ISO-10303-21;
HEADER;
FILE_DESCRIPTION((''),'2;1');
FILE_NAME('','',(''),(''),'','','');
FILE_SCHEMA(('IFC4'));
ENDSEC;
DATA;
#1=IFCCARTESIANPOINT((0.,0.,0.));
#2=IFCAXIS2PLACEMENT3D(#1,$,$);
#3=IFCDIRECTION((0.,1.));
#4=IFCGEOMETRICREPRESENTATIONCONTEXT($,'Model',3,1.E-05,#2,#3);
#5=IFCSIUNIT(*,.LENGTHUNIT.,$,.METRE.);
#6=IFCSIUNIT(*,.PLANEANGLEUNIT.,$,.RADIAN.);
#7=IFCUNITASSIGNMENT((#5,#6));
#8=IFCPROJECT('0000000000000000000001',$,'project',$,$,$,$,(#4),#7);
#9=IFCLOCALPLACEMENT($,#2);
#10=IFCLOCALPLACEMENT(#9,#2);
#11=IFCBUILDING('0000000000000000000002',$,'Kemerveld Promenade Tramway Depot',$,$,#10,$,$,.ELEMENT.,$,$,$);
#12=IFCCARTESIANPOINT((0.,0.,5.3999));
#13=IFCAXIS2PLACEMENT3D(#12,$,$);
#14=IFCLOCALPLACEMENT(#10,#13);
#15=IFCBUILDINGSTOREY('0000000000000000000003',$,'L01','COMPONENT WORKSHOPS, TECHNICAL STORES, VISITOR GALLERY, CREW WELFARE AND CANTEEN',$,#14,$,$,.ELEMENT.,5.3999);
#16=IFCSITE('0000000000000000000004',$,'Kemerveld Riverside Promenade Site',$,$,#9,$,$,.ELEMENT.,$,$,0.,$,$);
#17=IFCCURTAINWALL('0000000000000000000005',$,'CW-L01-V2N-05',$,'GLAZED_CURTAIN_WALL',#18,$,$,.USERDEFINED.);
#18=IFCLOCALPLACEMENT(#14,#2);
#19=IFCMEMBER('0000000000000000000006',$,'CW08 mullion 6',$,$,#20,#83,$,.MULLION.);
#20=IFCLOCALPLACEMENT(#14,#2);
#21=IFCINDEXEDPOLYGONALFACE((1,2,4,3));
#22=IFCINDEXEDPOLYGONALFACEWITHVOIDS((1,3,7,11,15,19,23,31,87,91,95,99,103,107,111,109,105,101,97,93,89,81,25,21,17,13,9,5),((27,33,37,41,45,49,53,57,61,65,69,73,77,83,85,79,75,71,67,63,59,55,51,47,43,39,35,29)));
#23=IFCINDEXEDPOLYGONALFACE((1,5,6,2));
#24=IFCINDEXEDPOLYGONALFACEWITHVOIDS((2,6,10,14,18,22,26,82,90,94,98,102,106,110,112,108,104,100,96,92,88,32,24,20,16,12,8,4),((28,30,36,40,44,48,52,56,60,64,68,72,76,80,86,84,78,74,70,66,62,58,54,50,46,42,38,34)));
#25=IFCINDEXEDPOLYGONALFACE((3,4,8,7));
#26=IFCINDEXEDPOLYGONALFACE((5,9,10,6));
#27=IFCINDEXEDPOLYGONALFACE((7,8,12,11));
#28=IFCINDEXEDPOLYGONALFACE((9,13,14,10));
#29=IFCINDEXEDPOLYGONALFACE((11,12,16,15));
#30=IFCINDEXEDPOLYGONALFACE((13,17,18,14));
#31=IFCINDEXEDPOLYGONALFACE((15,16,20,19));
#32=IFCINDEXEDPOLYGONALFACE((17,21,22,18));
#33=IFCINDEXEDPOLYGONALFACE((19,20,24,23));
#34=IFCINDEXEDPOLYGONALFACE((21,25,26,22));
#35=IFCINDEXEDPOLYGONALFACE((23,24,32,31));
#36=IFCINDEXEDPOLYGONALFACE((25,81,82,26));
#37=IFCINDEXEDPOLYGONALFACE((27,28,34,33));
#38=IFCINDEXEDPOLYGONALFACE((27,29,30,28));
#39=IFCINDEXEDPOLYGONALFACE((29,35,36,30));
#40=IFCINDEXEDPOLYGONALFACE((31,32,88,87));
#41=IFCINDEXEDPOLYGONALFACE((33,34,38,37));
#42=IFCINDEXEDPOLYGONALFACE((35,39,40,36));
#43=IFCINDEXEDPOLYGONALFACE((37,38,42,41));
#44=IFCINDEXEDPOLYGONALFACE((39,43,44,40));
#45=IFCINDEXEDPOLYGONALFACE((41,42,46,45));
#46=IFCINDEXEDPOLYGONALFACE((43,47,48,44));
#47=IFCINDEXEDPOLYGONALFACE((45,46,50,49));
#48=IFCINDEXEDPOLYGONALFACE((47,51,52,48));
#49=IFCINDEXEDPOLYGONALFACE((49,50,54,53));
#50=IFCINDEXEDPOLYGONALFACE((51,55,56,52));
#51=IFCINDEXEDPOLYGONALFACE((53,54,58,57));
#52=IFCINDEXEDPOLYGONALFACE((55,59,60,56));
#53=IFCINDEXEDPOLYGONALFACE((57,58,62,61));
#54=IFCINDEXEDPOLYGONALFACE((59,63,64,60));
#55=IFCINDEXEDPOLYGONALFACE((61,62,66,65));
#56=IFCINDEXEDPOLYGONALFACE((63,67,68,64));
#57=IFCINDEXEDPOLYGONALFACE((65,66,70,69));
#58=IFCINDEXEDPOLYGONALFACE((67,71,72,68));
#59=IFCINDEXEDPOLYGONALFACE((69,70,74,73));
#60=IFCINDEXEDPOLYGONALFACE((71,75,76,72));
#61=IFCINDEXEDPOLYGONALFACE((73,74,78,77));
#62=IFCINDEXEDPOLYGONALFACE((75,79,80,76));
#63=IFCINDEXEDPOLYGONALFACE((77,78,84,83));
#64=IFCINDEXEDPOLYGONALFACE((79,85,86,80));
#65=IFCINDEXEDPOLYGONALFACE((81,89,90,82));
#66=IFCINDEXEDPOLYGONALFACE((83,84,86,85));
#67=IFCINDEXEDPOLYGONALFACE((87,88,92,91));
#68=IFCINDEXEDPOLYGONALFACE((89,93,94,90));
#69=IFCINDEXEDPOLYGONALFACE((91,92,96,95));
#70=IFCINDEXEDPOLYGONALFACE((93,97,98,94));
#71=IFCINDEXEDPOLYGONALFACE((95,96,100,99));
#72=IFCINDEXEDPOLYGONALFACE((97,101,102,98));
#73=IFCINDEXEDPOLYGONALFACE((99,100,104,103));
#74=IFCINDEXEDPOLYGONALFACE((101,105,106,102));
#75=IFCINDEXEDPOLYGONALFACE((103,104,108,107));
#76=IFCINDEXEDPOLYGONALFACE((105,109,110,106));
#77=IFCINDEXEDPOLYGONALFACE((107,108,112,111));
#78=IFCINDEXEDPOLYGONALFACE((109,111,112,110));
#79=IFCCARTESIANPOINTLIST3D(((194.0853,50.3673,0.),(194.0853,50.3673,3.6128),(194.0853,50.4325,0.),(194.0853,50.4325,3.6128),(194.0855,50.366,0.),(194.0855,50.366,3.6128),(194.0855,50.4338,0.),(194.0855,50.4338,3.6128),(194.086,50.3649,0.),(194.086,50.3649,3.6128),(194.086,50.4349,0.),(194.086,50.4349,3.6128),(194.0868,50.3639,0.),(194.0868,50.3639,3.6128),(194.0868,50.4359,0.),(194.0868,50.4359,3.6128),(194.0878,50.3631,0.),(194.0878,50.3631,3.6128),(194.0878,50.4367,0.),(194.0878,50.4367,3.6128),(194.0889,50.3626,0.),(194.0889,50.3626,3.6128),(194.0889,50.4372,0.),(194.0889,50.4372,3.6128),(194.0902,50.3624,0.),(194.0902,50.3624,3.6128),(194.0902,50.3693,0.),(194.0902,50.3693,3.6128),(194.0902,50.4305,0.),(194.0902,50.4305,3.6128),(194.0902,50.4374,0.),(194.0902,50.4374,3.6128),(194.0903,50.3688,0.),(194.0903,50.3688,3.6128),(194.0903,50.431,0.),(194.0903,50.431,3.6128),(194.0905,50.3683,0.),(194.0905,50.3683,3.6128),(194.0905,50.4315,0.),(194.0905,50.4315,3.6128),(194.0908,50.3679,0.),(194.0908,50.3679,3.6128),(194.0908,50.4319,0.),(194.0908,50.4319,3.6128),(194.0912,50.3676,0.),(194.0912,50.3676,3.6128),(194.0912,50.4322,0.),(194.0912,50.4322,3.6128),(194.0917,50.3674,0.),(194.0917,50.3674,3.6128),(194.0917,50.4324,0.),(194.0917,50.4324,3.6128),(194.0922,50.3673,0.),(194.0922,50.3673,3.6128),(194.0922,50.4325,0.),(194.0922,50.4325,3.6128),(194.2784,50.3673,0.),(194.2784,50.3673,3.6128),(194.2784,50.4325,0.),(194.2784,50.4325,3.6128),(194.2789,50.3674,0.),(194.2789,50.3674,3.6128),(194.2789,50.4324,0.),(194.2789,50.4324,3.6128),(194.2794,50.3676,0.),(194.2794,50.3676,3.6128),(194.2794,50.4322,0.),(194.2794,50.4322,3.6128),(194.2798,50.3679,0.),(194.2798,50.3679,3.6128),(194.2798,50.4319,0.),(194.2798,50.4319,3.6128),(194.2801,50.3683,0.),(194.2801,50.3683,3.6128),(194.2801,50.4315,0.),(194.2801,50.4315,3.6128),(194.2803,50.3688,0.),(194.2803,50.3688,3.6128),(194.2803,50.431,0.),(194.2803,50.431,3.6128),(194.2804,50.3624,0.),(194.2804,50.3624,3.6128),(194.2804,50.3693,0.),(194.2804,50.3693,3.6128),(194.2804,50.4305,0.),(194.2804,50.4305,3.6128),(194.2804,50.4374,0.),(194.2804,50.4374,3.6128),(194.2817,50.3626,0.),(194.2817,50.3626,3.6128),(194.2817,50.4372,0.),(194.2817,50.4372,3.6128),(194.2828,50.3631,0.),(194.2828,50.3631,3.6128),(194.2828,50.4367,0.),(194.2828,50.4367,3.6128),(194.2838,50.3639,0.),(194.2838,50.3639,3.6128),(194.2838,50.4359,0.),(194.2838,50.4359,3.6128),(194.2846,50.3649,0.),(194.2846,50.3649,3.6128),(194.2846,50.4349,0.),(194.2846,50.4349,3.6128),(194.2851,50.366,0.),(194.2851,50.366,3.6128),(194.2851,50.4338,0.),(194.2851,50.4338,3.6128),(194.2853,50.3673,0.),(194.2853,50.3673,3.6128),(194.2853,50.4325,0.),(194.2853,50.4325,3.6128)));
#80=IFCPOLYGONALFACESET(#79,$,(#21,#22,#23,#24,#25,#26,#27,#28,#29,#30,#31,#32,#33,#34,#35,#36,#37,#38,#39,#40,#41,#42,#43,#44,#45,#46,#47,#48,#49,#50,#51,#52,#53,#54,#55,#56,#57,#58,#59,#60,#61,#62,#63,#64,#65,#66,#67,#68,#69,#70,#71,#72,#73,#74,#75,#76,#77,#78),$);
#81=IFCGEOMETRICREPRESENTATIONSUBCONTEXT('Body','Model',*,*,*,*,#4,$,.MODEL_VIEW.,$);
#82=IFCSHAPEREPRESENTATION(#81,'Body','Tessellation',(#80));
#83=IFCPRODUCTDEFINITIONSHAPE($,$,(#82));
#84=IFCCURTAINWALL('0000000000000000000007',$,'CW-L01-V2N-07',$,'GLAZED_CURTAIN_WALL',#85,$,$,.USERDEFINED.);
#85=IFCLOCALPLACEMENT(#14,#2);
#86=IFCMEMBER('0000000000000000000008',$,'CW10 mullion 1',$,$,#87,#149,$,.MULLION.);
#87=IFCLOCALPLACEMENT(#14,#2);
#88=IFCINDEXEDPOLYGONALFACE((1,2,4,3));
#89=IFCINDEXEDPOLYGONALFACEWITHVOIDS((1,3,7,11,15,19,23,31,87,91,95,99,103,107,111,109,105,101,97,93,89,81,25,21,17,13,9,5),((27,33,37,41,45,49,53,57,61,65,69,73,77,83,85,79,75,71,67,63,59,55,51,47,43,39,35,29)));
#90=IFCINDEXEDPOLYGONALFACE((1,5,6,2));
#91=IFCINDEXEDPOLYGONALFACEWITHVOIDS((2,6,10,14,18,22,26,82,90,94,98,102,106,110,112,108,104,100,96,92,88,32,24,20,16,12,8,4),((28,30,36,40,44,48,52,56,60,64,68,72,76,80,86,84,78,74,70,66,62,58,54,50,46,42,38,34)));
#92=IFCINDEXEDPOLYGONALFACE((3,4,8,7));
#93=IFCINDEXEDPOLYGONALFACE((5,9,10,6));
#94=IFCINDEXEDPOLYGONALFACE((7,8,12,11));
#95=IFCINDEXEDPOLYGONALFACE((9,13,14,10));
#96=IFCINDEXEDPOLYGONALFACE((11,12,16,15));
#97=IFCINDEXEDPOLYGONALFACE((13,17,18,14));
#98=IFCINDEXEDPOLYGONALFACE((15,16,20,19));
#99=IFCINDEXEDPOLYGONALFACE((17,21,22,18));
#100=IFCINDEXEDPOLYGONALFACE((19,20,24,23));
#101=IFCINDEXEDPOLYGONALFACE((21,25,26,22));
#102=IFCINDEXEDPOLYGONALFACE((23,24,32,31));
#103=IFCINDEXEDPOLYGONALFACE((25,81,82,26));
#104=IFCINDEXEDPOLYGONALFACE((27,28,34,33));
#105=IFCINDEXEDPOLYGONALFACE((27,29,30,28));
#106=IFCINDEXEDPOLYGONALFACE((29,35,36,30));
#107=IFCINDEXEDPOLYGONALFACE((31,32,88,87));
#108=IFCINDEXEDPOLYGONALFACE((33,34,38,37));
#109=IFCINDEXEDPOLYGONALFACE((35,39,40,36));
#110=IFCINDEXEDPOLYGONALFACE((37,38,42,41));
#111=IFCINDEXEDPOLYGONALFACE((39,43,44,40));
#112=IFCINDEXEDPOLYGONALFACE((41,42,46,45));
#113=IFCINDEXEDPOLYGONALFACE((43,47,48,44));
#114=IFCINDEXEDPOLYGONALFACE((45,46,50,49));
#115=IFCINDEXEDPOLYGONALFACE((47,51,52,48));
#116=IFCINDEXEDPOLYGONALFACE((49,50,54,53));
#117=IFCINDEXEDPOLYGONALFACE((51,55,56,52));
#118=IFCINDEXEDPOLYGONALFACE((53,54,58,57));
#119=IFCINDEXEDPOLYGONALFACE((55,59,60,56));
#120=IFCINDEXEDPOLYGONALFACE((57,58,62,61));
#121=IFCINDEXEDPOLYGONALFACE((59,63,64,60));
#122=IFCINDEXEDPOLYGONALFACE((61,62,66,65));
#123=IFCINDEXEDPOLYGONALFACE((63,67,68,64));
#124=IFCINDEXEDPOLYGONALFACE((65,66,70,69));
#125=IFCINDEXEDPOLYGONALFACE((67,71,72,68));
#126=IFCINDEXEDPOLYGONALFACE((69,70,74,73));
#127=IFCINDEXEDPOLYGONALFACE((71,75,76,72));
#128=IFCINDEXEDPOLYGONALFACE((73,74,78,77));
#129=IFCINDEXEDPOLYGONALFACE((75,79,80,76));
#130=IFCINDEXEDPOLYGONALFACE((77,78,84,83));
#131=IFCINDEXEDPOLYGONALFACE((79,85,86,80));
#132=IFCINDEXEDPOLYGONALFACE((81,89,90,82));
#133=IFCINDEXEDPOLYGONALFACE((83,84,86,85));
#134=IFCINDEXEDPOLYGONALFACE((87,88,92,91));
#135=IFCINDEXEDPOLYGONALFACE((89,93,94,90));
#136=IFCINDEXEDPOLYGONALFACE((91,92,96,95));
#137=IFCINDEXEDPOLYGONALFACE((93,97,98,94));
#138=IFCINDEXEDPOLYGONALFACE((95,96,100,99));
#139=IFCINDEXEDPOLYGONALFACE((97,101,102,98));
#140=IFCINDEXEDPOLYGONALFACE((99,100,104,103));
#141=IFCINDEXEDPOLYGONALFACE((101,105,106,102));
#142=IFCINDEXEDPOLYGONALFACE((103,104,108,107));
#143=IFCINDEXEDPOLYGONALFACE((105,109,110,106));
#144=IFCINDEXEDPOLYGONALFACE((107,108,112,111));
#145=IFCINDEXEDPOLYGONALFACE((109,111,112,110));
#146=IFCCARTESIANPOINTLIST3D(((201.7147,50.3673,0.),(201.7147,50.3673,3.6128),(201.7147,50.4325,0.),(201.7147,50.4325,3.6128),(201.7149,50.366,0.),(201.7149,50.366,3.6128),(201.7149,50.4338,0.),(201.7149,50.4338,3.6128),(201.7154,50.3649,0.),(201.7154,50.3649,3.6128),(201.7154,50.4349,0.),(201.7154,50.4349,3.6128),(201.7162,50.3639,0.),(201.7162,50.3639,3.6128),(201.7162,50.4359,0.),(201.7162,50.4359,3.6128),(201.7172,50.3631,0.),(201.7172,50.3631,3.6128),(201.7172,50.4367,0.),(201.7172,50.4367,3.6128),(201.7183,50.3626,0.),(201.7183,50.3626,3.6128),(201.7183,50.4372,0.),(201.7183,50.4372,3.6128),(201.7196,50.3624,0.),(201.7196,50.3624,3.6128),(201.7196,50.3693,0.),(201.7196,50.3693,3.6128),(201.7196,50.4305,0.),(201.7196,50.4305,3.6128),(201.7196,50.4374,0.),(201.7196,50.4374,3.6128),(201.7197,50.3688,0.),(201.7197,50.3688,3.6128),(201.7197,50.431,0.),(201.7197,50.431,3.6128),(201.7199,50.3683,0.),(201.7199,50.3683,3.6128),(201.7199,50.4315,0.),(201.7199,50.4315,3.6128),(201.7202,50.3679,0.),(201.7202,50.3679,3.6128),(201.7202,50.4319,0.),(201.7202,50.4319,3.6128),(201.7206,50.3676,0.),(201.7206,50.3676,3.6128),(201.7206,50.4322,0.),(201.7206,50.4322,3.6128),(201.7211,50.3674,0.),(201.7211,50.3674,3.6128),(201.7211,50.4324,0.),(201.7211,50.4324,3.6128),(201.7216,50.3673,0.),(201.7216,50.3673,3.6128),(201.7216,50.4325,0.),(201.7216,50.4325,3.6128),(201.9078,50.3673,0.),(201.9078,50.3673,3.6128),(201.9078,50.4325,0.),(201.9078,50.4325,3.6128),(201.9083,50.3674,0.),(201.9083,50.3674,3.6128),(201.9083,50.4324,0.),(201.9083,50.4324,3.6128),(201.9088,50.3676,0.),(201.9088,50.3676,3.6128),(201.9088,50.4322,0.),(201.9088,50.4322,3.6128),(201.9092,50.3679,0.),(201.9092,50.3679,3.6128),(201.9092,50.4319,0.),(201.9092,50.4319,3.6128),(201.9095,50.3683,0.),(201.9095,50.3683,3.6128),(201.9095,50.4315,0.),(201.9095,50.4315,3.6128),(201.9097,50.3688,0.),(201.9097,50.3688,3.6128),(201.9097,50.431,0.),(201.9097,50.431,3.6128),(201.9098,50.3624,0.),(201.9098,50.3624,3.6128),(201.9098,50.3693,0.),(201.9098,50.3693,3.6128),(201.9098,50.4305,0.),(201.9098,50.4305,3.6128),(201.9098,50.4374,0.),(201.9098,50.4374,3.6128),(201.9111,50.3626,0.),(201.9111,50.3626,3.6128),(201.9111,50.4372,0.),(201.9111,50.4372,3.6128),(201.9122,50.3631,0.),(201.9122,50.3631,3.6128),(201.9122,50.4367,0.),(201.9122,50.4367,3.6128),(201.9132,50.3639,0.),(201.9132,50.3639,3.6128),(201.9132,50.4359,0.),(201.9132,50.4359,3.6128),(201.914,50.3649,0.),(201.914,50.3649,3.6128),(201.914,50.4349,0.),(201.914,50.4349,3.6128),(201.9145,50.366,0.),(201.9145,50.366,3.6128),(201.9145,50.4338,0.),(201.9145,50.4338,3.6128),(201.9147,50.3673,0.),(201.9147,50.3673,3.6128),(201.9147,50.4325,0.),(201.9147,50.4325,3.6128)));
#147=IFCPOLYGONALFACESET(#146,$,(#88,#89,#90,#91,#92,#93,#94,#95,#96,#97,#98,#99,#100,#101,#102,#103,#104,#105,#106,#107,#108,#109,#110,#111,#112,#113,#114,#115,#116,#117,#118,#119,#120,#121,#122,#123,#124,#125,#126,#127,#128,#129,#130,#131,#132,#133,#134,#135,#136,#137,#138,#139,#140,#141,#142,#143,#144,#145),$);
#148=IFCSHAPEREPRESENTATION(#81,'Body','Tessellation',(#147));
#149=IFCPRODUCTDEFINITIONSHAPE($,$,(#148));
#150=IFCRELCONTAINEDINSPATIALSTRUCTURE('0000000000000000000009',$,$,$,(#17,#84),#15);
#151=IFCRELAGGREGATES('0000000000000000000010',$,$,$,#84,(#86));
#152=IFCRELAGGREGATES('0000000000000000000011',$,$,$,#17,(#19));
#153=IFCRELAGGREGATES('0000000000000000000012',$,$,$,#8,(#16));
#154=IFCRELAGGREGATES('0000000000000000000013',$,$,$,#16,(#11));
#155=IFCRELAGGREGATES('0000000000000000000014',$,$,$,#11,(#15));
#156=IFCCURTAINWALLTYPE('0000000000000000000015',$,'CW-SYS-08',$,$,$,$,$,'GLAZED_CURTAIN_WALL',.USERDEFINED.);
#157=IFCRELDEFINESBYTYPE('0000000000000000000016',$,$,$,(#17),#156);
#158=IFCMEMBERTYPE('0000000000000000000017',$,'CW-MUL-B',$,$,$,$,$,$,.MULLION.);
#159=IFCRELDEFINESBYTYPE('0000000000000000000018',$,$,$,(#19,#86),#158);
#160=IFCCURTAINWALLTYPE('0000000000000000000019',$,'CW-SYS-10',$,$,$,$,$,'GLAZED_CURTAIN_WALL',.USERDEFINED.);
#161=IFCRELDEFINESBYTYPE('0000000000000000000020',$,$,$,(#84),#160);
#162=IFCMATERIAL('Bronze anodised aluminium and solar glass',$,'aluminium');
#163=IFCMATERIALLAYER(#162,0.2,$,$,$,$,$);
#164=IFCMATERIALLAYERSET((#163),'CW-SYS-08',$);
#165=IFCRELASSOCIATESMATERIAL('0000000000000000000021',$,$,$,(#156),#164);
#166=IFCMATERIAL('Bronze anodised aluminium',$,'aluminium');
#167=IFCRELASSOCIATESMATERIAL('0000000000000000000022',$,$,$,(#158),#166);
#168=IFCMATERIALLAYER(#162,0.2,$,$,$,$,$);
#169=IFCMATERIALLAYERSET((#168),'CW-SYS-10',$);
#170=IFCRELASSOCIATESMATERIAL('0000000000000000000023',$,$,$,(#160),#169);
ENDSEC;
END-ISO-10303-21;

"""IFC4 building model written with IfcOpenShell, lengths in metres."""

from ifc_helpers import new_model, si_unit, direction, frame, origin, origin_2d, place, context, subcontext, project, spatial, hollow_rectangle, extrude, material, layer, layer_set, material_profile, profile_set, type_object, element, aggregate, save


model = new_model("IFC4")

# Units and contexts
model_context = context("Model", 3, precision=1e-05, world=origin(), true_north=direction((0.0, 1.0)))
body_context = subcontext(model_context, "Body", "Model", "MODEL_VIEW")
ifc_project = project(units=[si_unit("LENGTHUNIT", "METRE"), si_unit("PLANEANGLEUNIT", "RADIAN")], contexts=[model_context])

# Site, building, storey
site_placement = place(None, origin())
site = spatial("IfcSite", under=ifc_project, at=site_placement, Name="Kemerveld Riverside Promenade Site", CompositionType="ELEMENT", RefElevation=0.0)
building_placement = place(site_placement, origin())
building = spatial("IfcBuilding", under=site, at=building_placement, Name="Kemerveld Promenade Tramway Depot", CompositionType="ELEMENT")
storey_placement = place(building_placement, frame((0.0, 0.0, 5.3999)))
storey = spatial("IfcBuildingStorey", under=building, at=storey_placement, Name="L01", Description="COMPONENT WORKSHOPS, TECHNICAL STORES, VISITOR GALLERY, CREW WELFARE AND CANTEEN", CompositionType="ELEMENT", Elevation=5.3999)

# Curtain wall, member
ifc_material_1 = material(Name="Bronze anodised aluminium and solar glass", Category="aluminium")
ifc_layer_1 = layer(ifc_material_1, 0.2)
ifc_layer_set_1 = layer_set([ifc_layer_1], Name="CW-SYS-08")
curtain_wall_type_1 = type_object("IfcCurtainWallType", Name="CW-SYS-08", ElementType="GLAZED_CURTAIN_WALL", PredefinedType="USERDEFINED", material=ifc_layer_set_1)
curtain_wall_1_placement = place(storey_placement, origin())
curtain_wall_1 = element("IfcCurtainWall", 1, at=curtain_wall_1_placement, inside=storey, type_object=curtain_wall_type_1, Name="CW-L01-V2N-05", ObjectType="GLAZED_CURTAIN_WALL", PredefinedType="USERDEFINED")
ifc_material_2 = material(Name="Bronze anodised aluminium", Category="aluminium")
ifc_material_profile_1 = material_profile(ifc_material_2, hollow_rectangle(XDim=0.075, YDim=0.2, WallThickness=0.0049, InnerFilletRadius=0.002, OuterFilletRadius=0.0049, at=origin_2d()), Name="CW-MUL-200x75")
ifc_profile_set_1 = profile_set([ifc_material_profile_1], Name="Bronze anodised aluminium")
member_type_1 = type_object("IfcMemberType", Name="CW-MUL-B", PredefinedType="MULLION", material=ifc_profile_set_1)
member_1_placement = place(storey_placement, frame((194.1853, 50.3999, 0.0), z_axis=(0.0, 0.0, 1.0), x_axis=(0.0, 1.0, 0.0)))
member_1 = element("IfcMember", 2, at=member_1_placement, type_object=member_type_1, Name="CW08 mullion 6", PredefinedType="MULLION", context=body_context, shape_type="SweptSolid", body=[
    extrude(hollow_rectangle(XDim=0.075, YDim=0.2, WallThickness=0.0049, InnerFilletRadius=0.002, OuterFilletRadius=0.0049, at=origin_2d()), origin(), (0.0, 0.0, 1.0), 3.6128),
])

# Curtain wall, member
ifc_layer_2 = layer(ifc_material_1, 0.2)
ifc_layer_set_2 = layer_set([ifc_layer_2], Name="CW-SYS-10")
curtain_wall_type_2 = type_object("IfcCurtainWallType", Name="CW-SYS-10", ElementType="GLAZED_CURTAIN_WALL", PredefinedType="USERDEFINED", material=ifc_layer_set_2)
curtain_wall_2_placement = place(storey_placement, origin())
curtain_wall_2 = element("IfcCurtainWall", 3, at=curtain_wall_2_placement, inside=storey, type_object=curtain_wall_type_2, Name="CW-L01-V2N-07", ObjectType="GLAZED_CURTAIN_WALL", PredefinedType="USERDEFINED")
member_2_placement = place(storey_placement, frame((201.8147, 50.3999, 0.0), z_axis=(0.0, 0.0, 1.0), x_axis=(0.0, 1.0, 0.0)))
member_2 = element("IfcMember", 4, at=member_2_placement, type_object=member_type_1, Name="CW10 mullion 1", PredefinedType="MULLION", context=body_context, shape_type="SweptSolid", body=[
    extrude(hollow_rectangle(XDim=0.075, YDim=0.2, WallThickness=0.0049, InnerFilletRadius=0.002, OuterFilletRadius=0.0049, at=origin_2d()), origin(), (0.0, 0.0, 1.0), 3.6128),
])

aggregate(curtain_wall_2, [member_2])

aggregate(curtain_wall_1, [member_1])

save(model, "model.ifc")
